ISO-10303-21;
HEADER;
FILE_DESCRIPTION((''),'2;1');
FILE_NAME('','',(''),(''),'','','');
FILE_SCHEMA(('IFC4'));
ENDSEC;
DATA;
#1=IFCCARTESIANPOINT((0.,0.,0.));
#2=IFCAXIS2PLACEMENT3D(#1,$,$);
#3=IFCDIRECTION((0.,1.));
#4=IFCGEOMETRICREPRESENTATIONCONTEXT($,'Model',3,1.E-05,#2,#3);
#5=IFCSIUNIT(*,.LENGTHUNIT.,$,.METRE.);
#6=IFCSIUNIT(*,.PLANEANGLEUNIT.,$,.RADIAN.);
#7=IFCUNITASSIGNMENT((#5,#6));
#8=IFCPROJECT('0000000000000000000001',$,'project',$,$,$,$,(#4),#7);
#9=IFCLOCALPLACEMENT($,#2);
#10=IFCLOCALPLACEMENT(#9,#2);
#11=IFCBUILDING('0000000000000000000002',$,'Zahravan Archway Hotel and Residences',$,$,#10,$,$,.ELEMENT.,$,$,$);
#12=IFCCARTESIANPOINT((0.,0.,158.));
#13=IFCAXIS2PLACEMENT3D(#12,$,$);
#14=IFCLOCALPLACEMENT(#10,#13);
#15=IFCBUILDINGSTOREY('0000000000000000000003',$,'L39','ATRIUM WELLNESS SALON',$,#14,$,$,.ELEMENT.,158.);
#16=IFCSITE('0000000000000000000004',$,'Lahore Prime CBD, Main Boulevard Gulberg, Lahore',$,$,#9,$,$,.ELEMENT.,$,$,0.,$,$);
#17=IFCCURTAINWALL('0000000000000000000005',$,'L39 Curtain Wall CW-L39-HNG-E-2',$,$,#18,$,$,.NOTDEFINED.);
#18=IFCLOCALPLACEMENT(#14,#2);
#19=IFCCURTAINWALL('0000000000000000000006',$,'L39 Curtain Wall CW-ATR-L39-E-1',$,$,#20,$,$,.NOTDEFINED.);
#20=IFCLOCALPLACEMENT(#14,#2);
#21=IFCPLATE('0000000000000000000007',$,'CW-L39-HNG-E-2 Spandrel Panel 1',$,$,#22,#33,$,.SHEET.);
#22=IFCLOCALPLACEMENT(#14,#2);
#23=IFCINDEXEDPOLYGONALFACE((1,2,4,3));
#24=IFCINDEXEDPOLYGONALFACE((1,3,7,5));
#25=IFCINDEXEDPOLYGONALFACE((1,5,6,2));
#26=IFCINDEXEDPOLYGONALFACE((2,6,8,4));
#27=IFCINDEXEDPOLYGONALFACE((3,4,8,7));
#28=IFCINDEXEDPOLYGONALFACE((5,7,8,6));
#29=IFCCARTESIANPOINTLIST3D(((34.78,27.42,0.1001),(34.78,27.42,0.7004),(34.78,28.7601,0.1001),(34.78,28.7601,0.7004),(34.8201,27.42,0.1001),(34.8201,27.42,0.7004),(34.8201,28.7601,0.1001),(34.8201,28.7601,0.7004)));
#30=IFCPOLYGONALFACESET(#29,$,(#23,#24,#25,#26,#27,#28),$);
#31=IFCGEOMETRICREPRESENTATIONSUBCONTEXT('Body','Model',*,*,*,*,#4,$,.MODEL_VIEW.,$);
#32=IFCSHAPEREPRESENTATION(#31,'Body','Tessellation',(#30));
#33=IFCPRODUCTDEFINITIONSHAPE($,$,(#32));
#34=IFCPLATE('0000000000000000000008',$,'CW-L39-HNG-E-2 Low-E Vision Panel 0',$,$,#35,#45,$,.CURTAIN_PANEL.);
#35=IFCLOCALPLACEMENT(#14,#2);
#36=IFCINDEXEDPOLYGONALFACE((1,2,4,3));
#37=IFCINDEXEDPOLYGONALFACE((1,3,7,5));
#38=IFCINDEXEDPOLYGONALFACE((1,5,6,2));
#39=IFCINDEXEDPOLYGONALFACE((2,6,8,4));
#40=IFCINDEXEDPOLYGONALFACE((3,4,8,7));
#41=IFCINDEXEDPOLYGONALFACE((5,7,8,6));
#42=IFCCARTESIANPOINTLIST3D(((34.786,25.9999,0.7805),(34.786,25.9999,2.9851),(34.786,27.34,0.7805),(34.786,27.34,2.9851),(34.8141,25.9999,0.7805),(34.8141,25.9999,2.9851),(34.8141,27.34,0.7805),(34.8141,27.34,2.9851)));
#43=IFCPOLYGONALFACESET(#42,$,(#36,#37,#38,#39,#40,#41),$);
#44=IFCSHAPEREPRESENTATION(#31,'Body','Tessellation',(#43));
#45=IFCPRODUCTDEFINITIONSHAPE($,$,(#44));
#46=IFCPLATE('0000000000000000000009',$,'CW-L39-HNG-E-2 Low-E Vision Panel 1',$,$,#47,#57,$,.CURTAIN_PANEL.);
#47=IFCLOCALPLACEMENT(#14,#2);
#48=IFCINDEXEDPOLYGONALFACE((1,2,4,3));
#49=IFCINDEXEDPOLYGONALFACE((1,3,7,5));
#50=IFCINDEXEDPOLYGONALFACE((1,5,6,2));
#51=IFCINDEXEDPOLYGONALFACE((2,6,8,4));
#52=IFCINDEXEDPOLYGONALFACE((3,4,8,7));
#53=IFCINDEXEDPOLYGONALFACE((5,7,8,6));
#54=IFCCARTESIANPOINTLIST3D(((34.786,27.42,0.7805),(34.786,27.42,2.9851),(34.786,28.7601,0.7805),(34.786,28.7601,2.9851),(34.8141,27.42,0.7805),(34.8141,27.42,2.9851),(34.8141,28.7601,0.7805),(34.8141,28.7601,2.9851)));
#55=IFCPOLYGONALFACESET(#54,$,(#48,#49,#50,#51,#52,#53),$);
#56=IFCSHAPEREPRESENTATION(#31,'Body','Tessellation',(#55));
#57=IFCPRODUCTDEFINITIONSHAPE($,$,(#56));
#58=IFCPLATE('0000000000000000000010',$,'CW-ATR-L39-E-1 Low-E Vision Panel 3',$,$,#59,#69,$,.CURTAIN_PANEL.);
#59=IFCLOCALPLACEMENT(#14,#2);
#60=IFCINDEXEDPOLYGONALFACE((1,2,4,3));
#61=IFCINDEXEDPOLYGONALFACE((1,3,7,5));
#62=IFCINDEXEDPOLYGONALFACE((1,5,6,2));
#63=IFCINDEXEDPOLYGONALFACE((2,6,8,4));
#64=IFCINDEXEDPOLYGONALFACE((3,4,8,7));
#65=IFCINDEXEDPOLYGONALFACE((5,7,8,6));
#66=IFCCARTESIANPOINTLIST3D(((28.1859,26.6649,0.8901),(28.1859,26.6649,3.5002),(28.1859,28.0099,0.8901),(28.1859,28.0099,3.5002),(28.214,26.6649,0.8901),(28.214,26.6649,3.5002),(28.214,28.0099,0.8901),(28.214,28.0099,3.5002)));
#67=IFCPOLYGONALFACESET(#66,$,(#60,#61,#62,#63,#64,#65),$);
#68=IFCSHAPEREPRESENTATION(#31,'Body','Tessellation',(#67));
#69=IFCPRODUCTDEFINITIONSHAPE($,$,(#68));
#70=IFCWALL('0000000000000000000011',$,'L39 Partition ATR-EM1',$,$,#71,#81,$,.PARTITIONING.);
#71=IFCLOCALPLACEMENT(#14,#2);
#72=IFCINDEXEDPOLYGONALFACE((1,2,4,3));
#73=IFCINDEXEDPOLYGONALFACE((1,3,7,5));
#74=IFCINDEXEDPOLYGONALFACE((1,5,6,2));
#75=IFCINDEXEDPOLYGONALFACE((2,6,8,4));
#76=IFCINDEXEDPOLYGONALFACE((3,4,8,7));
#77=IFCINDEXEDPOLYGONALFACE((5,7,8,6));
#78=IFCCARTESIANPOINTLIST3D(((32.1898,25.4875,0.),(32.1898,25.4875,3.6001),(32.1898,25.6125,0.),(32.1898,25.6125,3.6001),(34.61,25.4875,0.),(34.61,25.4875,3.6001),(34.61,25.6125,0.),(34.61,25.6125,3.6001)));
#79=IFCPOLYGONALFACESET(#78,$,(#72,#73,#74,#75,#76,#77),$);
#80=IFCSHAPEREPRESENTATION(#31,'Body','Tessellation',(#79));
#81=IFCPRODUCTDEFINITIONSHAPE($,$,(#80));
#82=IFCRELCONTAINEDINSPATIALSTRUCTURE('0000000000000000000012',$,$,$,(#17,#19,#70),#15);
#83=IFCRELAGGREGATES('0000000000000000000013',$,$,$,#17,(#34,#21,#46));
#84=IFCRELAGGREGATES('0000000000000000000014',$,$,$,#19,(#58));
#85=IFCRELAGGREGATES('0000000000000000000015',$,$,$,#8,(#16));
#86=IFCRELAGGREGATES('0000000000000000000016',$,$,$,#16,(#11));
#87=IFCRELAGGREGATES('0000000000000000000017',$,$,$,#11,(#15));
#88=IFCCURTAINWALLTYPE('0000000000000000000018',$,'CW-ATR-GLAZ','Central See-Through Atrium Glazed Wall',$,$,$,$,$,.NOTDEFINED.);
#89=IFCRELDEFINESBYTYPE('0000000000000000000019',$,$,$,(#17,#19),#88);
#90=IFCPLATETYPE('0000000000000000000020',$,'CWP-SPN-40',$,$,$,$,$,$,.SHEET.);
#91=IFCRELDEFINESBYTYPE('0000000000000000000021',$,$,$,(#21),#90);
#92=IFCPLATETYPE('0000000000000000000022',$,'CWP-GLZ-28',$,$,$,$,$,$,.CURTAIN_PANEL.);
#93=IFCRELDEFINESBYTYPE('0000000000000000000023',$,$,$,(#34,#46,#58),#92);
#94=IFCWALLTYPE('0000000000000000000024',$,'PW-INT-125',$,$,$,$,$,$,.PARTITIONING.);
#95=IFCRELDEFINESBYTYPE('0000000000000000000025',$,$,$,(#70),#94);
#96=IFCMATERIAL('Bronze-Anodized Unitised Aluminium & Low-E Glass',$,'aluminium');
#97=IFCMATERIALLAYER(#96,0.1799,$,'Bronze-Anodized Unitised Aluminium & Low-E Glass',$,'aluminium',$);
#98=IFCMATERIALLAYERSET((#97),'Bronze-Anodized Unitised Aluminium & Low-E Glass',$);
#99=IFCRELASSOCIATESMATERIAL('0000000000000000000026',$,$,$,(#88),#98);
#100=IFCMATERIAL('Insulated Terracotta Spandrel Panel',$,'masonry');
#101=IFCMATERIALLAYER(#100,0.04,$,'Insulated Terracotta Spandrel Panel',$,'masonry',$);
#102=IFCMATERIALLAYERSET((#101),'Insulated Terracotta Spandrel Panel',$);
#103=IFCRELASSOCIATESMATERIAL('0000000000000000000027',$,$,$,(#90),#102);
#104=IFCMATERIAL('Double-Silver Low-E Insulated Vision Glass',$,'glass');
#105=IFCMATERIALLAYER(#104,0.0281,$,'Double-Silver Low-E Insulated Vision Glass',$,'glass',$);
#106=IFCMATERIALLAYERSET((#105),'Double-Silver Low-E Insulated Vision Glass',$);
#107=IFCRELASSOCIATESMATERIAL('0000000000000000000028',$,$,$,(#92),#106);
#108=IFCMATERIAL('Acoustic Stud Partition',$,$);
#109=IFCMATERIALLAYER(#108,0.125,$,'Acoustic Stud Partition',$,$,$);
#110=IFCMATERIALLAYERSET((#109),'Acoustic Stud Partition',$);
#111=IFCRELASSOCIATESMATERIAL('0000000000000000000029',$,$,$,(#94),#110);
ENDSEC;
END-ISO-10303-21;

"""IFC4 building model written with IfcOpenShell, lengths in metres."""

from ifc_helpers import new_model, si_unit, direction, frame, frame_2d, origin, origin_2d, place, context, subcontext, project, spatial, rectangle, extrude, source, transform, mapped, material, layer, layer_set, type_object, element, aggregate, save


model = new_model("IFC4")

# Units and contexts
model_context = context("Model", 3, precision=1e-05, world=origin(), true_north=direction((0.0, 1.0)))
body_context = subcontext(model_context, "Body", "Model", "MODEL_VIEW")
ifc_project = project(units=[si_unit("LENGTHUNIT", "METRE"), si_unit("PLANEANGLEUNIT", "RADIAN")], contexts=[model_context])

# Site, building, storey
site_placement = place(None, origin())
site = spatial("IfcSite", under=ifc_project, at=site_placement, Name="Lahore Prime CBD, Main Boulevard Gulberg, Lahore", CompositionType="ELEMENT", RefElevation=0.0)
building_placement = place(site_placement, origin())
building = spatial("IfcBuilding", under=site, at=building_placement, Name="Zahravan Archway Hotel and Residences", CompositionType="ELEMENT")
storey_placement = place(building_placement, frame((0.0, 0.0, 158.0)))
storey = spatial("IfcBuildingStorey", under=building, at=storey_placement, Name="L39", Description="ATRIUM WELLNESS SALON", CompositionType="ELEMENT", Elevation=158.0)

# Curtain walls
ifc_material_1 = material(Name="Bronze-Anodized Unitised Aluminium & Low-E Glass", Category="aluminium")
ifc_layer_1 = layer(ifc_material_1, 0.1799, Name="Bronze-Anodized Unitised Aluminium & Low-E Glass", Category="aluminium")
ifc_layer_set_1 = layer_set([ifc_layer_1], Name="Bronze-Anodized Unitised Aluminium & Low-E Glass")
curtain_wall_type = type_object("IfcCurtainWallType", Name="CW-ATR-GLAZ", Description="Central See-Through Atrium Glazed Wall", PredefinedType="NOTDEFINED", material=ifc_layer_set_1)
curtain_wall_1_placement = place(storey_placement, origin())
curtain_wall_1 = element("IfcCurtainWall", 1, at=curtain_wall_1_placement, inside=storey, type_object=curtain_wall_type, Name="L39 Curtain Wall CW-L39-HNG-E-2", PredefinedType="NOTDEFINED")
curtain_wall_2_placement = place(storey_placement, origin())
curtain_wall_2 = element("IfcCurtainWall", 2, at=curtain_wall_2_placement, inside=storey, type_object=curtain_wall_type, Name="L39 Curtain Wall CW-ATR-L39-E-1", PredefinedType="NOTDEFINED")

# Plates
ifc_material_2 = material(Name="Insulated Terracotta Spandrel Panel", Category="masonry")
ifc_layer_2 = layer(ifc_material_2, 0.04, Name="Insulated Terracotta Spandrel Panel", Category="masonry")
ifc_layer_set_2 = layer_set([ifc_layer_2], Name="Insulated Terracotta Spandrel Panel")
plate_type_1 = type_object("IfcPlateType", Name="CWP-SPN-40", PredefinedType="SHEET", material=ifc_layer_set_2)
ifc_material_3 = material(Name="Double-Silver Low-E Insulated Vision Glass", Category="glass")
ifc_layer_3 = layer(ifc_material_3, 0.0281, Name="Double-Silver Low-E Insulated Vision Glass", Category="glass")
ifc_layer_set_3 = layer_set([ifc_layer_3], Name="Double-Silver Low-E Insulated Vision Glass")
plate_type_2 = type_object("IfcPlateType", Name="CWP-GLZ-28", PredefinedType="CURTAIN_PANEL", material=ifc_layer_set_3)
shared_shape_1 = source(origin(), body_context, "Body", "SweptSolid", [
    extrude(rectangle(XDim=1.3401, YDim=0.04, at=origin_2d()), origin(), (0.0, 0.0, 1.0), 0.6003),
])
plate_1_placement = place(storey_placement, frame((34.8, 28.0901, 0.1001), z_axis=(0.0, 0.0, 1.0), x_axis=(0.0, 1.0, 0.0)))
plate_1 = element("IfcPlate", 3, at=plate_1_placement, type_object=plate_type_1, Name="CW-L39-HNG-E-2 Spandrel Panel 1", PredefinedType="SHEET", context=body_context, shape_type="MappedRepresentation", body=[
    mapped(shared_shape_1, transform((0.0, 0.0, 0.0), scale=1.0)),
])
shared_shape_2 = source(origin(), body_context, "Body", "SweptSolid", [
    extrude(rectangle(XDim=1.3401, YDim=0.0281, at=origin_2d()), origin(), (0.0, 0.0, 1.0), 2.2046),
])
plate_2_placement = place(storey_placement, frame((34.8, 26.6699, 0.7805), z_axis=(0.0, 0.0, 1.0), x_axis=(0.0, 1.0, 0.0)))
plate_2 = element("IfcPlate", 4, at=plate_2_placement, type_object=plate_type_2, Name="CW-L39-HNG-E-2 Low-E Vision Panel 0", PredefinedType="CURTAIN_PANEL", context=body_context, shape_type="MappedRepresentation", body=[
    mapped(shared_shape_2, transform((0.0, 0.0, 0.0), scale=1.0)),
])
plate_3_placement = place(storey_placement, frame((34.8, 28.0901, 0.7805), z_axis=(0.0, 0.0, 1.0), x_axis=(0.0, 1.0, 0.0)))
plate_3 = element("IfcPlate", 5, at=plate_3_placement, type_object=plate_type_2, Name="CW-L39-HNG-E-2 Low-E Vision Panel 1", PredefinedType="CURTAIN_PANEL", context=body_context, shape_type="MappedRepresentation", body=[
    mapped(shared_shape_2, transform((0.0, 0.0, 0.0), scale=1.0)),
])
aggregate(curtain_wall_1, [plate_2, plate_1, plate_3])
shared_shape_3 = source(origin(), body_context, "Body", "SweptSolid", [
    extrude(rectangle(XDim=1.345, YDim=0.0281, at=origin_2d()), origin(), (0.0, 0.0, 1.0), 2.6101),
])
plate_4_placement = place(storey_placement, frame((28.2, 27.3374, 0.8901), z_axis=(0.0, 0.0, 1.0), x_axis=(0.0, 1.0, 0.0)))
plate_4 = element("IfcPlate", 6, at=plate_4_placement, type_object=plate_type_2, Name="CW-ATR-L39-E-1 Low-E Vision Panel 3", PredefinedType="CURTAIN_PANEL", context=body_context, shape_type="MappedRepresentation", body=[
    mapped(shared_shape_3, transform((0.0, 0.0, 0.0), scale=1.0)),
])
aggregate(curtain_wall_2, [plate_4])

# Wall
ifc_material_4 = material(Name="Acoustic Stud Partition")
ifc_layer_4 = layer(ifc_material_4, 0.125, Name="Acoustic Stud Partition")
ifc_layer_set_4 = layer_set([ifc_layer_4], Name="Acoustic Stud Partition")
wall_type = type_object("IfcWallType", Name="PW-INT-125", PredefinedType="PARTITIONING", material=ifc_layer_set_4)
wall_placement = place(storey_placement, frame((32.1899, 25.55, 0.0), z_axis=(0.0, 0.0, 1.0), x_axis=(1.0, 0.0, 0.0)))
element("IfcWall", 7, at=wall_placement, inside=storey, type_object=wall_type, Name="L39 Partition ATR-EM1", PredefinedType="PARTITIONING", context=body_context, shape_type="SweptSolid", body=[
    extrude(rectangle(XDim=2.4202, YDim=0.125, at=frame_2d((1.21, 0.0))), origin(), (0.0, 0.0, 1.0), 3.6001),
])

save(model, "model.ifc")
